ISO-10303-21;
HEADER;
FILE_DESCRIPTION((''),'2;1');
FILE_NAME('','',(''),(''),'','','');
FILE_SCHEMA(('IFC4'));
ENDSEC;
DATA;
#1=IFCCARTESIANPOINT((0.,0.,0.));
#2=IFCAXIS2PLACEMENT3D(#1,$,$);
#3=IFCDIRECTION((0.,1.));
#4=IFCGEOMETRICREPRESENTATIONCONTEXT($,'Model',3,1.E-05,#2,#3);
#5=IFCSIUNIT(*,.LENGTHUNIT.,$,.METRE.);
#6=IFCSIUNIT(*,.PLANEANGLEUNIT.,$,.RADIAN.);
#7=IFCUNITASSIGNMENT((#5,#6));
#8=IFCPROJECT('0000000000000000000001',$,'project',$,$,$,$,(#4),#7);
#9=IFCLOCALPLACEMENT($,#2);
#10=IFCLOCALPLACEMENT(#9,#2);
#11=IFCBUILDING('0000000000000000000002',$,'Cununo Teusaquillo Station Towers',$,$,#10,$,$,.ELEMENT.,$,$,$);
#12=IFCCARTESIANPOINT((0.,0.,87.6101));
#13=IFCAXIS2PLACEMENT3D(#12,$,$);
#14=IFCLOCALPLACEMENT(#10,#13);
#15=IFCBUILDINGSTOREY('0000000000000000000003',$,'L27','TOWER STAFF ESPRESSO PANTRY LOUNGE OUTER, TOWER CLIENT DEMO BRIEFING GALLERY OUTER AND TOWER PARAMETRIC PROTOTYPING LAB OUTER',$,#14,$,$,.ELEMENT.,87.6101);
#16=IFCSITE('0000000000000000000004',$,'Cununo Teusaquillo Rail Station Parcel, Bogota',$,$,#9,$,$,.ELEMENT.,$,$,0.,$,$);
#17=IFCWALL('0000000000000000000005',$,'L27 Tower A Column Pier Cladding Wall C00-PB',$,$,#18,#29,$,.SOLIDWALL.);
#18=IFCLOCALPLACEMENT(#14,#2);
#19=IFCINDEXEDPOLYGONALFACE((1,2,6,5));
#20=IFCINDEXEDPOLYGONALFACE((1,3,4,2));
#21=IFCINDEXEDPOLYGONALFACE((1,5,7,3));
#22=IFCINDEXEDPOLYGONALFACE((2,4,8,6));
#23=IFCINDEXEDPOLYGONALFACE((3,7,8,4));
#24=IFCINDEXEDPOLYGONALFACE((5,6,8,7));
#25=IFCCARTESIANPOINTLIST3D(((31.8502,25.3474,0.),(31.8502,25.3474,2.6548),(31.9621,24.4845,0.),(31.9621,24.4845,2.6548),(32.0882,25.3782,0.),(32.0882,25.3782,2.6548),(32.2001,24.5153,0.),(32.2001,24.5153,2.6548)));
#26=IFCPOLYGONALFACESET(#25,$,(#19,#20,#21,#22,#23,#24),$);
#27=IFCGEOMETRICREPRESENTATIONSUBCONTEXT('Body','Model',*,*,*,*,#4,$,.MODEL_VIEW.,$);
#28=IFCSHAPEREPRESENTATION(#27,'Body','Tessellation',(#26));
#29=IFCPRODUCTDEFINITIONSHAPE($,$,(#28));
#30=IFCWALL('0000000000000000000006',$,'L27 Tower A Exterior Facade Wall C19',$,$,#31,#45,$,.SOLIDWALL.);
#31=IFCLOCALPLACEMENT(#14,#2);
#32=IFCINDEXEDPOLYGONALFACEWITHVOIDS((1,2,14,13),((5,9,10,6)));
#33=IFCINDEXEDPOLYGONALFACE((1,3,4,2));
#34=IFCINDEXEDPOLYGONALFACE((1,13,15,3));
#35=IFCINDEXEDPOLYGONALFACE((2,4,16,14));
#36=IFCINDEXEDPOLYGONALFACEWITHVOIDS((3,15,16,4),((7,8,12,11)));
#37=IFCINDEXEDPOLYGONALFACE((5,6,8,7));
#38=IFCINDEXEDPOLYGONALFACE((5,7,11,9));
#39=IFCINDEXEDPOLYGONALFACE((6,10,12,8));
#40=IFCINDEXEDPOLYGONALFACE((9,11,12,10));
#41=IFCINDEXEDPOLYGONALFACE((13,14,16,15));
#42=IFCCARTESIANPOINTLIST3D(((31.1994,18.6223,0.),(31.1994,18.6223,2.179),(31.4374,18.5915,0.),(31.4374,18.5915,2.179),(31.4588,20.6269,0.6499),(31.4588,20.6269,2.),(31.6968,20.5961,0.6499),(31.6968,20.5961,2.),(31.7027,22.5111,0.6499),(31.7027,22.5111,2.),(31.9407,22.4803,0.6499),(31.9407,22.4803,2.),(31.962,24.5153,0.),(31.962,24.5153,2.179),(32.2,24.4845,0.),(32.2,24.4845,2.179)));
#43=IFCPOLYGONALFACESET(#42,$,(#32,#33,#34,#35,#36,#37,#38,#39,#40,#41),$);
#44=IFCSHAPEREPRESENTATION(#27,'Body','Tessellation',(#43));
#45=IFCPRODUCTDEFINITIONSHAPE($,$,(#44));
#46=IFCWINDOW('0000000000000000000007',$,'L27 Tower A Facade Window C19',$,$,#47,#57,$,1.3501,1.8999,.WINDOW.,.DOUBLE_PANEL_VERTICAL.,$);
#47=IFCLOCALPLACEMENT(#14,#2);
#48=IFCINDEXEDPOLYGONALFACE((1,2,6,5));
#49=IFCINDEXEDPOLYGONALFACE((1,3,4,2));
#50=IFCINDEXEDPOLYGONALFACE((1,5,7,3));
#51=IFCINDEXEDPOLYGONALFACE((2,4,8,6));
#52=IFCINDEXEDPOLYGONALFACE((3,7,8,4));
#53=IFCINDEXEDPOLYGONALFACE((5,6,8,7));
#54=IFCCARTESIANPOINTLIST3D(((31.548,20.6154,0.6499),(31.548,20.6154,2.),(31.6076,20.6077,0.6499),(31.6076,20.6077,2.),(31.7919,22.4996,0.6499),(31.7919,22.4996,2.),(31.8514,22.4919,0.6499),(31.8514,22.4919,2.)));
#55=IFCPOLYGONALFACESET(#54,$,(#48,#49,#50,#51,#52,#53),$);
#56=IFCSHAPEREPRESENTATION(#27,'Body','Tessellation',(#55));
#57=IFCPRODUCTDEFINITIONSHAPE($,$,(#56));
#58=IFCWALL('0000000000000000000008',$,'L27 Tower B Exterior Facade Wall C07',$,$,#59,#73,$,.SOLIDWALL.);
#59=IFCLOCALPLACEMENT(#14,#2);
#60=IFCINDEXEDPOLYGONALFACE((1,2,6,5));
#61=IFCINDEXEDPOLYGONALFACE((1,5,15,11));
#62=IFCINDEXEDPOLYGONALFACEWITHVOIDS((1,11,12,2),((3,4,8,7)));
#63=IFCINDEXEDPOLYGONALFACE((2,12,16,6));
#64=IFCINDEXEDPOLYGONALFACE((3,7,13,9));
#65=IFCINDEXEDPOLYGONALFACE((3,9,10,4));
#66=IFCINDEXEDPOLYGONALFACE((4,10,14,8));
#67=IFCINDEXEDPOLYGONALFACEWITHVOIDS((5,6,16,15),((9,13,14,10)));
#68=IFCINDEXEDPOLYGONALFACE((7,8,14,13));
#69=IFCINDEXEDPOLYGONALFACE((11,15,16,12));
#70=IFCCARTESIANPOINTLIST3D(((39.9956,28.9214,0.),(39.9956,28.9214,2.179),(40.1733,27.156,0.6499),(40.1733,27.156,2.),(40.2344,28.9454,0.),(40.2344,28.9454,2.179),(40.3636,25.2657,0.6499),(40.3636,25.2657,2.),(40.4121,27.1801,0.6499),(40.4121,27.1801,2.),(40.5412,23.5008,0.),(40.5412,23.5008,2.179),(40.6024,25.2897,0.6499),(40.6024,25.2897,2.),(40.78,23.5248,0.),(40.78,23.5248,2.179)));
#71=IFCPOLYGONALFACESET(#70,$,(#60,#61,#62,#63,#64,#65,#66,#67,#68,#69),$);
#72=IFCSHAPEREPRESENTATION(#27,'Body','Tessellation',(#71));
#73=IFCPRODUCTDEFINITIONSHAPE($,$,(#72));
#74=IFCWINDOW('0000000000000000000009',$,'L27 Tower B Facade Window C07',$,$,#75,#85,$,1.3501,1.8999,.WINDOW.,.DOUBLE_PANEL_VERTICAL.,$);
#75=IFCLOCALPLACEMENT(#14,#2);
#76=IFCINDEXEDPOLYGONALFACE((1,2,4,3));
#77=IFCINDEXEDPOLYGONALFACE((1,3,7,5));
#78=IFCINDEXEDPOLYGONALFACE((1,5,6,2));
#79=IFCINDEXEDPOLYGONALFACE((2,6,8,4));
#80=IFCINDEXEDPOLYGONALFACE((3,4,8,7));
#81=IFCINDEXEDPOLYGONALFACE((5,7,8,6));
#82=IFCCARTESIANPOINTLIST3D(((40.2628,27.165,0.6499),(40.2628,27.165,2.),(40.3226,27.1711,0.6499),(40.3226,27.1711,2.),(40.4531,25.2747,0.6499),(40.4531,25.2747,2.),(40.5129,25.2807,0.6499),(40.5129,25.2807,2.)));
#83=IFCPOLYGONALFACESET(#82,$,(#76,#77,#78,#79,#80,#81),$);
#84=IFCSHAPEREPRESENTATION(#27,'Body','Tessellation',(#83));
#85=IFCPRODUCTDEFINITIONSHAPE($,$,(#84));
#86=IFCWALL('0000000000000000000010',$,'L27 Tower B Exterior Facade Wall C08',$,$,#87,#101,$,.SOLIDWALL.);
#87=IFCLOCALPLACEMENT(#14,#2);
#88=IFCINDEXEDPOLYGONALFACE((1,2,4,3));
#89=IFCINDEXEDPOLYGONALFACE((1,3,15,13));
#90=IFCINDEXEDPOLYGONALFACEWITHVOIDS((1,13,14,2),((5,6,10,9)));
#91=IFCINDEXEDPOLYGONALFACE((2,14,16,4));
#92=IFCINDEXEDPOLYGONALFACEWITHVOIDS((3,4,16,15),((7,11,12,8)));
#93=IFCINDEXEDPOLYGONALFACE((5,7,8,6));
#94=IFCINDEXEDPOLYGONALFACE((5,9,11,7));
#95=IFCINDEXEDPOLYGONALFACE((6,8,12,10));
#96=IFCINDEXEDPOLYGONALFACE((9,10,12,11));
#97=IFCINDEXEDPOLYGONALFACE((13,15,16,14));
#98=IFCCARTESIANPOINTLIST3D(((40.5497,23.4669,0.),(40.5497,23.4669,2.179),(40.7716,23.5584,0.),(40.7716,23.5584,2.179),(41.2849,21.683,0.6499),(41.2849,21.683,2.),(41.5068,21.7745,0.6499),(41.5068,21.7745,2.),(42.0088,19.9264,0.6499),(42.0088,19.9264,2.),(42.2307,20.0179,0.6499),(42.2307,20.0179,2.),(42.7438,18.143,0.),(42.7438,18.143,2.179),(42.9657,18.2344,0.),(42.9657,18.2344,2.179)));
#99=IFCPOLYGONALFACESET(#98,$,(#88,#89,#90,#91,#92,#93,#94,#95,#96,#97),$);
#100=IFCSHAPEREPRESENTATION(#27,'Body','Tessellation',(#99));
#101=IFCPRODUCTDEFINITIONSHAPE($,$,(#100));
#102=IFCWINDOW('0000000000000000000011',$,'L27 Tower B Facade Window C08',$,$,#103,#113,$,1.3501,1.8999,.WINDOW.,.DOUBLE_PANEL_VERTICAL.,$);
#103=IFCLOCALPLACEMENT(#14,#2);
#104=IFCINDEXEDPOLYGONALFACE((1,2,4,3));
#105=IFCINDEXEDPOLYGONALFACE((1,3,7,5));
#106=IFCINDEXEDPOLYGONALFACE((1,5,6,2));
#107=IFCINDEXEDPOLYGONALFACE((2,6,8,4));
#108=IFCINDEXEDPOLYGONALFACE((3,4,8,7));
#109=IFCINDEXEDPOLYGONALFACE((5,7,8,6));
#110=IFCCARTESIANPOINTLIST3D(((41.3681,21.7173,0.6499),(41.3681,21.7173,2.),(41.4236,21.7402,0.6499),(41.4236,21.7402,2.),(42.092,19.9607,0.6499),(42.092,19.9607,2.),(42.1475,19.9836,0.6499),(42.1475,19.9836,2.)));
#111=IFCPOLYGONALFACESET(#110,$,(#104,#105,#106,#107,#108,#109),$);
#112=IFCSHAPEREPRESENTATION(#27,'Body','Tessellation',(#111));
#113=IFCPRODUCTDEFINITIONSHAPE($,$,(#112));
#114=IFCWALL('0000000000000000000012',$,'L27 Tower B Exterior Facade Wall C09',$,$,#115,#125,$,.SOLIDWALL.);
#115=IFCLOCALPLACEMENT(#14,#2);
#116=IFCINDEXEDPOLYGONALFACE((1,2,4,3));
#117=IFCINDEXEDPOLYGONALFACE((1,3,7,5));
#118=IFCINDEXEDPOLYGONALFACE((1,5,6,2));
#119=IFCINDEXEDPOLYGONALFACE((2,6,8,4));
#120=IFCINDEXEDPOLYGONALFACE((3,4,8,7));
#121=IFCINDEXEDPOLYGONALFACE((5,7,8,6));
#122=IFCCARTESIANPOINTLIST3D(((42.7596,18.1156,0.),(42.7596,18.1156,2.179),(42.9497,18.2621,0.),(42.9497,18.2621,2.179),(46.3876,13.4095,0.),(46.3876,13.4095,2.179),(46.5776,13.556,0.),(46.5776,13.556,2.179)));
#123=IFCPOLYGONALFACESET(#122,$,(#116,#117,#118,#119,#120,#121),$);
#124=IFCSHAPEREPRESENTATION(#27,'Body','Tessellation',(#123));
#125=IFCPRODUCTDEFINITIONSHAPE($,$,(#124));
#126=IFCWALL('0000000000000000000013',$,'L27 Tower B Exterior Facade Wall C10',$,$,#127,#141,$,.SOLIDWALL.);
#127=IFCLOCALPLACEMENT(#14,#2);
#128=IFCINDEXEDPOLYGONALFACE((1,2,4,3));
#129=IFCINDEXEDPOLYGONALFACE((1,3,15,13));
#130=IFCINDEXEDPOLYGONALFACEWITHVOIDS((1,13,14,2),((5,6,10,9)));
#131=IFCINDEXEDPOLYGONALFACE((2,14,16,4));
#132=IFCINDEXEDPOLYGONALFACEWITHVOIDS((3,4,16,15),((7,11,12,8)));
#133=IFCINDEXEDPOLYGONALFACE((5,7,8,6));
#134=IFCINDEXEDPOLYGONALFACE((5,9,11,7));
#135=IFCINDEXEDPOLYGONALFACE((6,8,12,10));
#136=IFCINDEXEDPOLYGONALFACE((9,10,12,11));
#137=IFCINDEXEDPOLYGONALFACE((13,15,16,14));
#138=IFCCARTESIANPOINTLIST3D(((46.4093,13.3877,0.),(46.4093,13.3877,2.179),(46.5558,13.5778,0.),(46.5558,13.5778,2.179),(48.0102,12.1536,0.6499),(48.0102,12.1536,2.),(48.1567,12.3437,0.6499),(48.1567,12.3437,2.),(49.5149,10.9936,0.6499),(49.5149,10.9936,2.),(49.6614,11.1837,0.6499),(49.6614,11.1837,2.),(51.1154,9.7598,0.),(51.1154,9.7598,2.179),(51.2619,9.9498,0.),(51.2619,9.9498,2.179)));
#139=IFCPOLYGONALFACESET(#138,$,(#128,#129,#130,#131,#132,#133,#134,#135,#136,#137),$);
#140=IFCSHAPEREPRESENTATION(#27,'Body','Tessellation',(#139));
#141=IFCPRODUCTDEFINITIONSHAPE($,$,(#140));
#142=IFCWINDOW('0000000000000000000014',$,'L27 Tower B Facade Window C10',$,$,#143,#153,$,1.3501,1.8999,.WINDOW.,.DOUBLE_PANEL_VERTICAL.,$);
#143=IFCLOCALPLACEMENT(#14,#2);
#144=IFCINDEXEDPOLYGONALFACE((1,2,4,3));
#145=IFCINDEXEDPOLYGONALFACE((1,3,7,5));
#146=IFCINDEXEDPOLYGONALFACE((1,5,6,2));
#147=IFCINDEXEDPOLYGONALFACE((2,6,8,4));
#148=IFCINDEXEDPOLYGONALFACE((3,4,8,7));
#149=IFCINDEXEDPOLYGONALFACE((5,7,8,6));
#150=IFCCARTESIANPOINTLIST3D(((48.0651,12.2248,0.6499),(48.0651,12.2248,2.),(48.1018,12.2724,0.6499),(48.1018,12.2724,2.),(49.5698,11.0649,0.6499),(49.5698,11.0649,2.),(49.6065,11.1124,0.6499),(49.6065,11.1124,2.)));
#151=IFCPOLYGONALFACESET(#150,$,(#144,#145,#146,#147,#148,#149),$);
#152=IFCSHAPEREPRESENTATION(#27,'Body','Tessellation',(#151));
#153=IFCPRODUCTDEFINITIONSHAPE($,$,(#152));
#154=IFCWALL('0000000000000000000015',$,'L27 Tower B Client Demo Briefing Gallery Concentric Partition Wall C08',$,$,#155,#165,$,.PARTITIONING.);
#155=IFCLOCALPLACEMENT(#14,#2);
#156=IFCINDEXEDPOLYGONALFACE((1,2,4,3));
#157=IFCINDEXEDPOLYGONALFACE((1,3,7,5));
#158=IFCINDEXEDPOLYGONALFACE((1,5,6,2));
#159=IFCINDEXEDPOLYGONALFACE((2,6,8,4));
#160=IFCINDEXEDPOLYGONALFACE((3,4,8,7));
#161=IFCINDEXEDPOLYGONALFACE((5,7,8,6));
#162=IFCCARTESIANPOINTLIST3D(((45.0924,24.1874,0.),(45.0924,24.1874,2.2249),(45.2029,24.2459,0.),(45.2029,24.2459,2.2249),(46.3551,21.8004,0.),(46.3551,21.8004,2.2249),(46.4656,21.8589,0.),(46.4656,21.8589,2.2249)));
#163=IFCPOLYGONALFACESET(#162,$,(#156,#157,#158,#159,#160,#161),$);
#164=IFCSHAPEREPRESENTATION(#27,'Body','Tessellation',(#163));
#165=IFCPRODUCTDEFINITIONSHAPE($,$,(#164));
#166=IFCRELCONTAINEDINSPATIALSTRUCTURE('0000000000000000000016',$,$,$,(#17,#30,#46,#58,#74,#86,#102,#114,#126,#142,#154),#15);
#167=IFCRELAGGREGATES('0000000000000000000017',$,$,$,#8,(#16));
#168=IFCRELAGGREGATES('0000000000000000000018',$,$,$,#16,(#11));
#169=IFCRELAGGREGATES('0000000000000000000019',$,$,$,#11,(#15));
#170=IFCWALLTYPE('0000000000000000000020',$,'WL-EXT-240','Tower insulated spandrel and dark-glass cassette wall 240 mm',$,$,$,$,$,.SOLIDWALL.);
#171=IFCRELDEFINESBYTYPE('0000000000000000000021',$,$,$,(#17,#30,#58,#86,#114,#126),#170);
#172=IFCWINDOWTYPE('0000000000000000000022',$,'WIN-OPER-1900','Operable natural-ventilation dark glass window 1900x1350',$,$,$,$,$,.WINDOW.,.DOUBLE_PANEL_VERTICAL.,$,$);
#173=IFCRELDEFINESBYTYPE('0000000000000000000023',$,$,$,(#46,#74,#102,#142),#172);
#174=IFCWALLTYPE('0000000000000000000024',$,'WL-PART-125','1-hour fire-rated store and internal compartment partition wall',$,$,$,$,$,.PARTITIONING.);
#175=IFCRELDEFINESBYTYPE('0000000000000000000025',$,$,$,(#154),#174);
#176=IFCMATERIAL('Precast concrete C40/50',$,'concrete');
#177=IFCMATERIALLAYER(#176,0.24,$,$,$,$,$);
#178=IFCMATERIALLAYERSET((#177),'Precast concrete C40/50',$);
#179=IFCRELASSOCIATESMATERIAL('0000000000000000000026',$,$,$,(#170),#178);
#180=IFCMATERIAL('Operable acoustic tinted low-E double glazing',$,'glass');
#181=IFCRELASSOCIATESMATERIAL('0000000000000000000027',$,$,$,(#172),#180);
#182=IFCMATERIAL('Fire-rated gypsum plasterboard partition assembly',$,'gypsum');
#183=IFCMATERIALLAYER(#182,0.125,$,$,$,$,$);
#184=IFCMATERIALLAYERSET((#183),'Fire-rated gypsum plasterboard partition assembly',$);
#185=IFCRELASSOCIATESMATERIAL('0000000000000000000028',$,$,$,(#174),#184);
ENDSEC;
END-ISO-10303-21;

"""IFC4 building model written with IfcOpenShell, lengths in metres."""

from ifc_helpers import new_model, si_unit, direction, frame, frame_2d, origin, place, context, subcontext, project, spatial, rectangle, extrude, source, transform, mapped, material, layer, layer_set, type_object, element, fill, save


model = new_model("IFC4")

# Units and contexts
model_context = context("Model", 3, precision=1e-05, world=origin(), true_north=direction((0.0, 1.0)))
body_context = subcontext(model_context, "Body", "Model", "MODEL_VIEW")
ifc_project = project(units=[si_unit("LENGTHUNIT", "METRE"), si_unit("PLANEANGLEUNIT", "RADIAN")], contexts=[model_context])

# Site, building, storey
site_placement = place(None, origin())
site = spatial("IfcSite", under=ifc_project, at=site_placement, Name="Cununo Teusaquillo Rail Station Parcel, Bogota", CompositionType="ELEMENT", RefElevation=0.0)
building_placement = place(site_placement, origin())
building = spatial("IfcBuilding", under=site, at=building_placement, Name="Cununo Teusaquillo Station Towers", CompositionType="ELEMENT")
storey_placement = place(building_placement, frame((0.0, 0.0, 87.6101)))
storey = spatial("IfcBuildingStorey", under=building, at=storey_placement, Name="L27", Description="TOWER STAFF ESPRESSO PANTRY LOUNGE OUTER, TOWER CLIENT DEMO BRIEFING GALLERY OUTER AND TOWER PARAMETRIC PROTOTYPING LAB OUTER", CompositionType="ELEMENT", Elevation=87.6101)

# Wall
ifc_material_1 = material(Name="Precast concrete C40/50", Category="concrete")
ifc_layer_1 = layer(ifc_material_1, 0.24)
ifc_layer_set_1 = layer_set([ifc_layer_1], Name="Precast concrete C40/50")
wall_type_1 = type_object("IfcWallType", Name="WL-EXT-240", Description="Tower insulated spandrel and dark-glass cassette wall 240 mm", PredefinedType="SOLIDWALL", material=ifc_layer_set_1)
wall_1_placement = place(storey_placement, frame((31.9692, 25.3628, 0.0), z_axis=(0.0, 0.0, 1.0), x_axis=(0.128523, -0.991706, 0.0)))
element("IfcWall", 1, at=wall_1_placement, inside=storey, type_object=wall_type_1, Name="L27 Tower A Column Pier Cladding Wall C00-PB", PredefinedType="SOLIDWALL", context=body_context, shape_type="SweptSolid", body=[
    extrude(rectangle(XDim=0.8701, YDim=0.24, at=frame_2d((0.4351, 0.0))), origin(), (0.0, 0.0, 1.0), 2.6548),
])

# Walls, openings, windows
wall_2_placement = place(storey_placement, frame((32.0811, 24.5, 0.0), z_axis=(0.0, 0.0, 1.0), x_axis=(-0.128352, -0.991729, 0.0)))
wall_2 = element("IfcWall", 2, at=wall_2_placement, inside=storey, type_object=wall_type_1, Name="L27 Tower A Exterior Facade Wall C19", PredefinedType="SOLIDWALL", context=body_context, shape_type="SweptSolid", body=[
    extrude(rectangle(XDim=5.9421, YDim=0.24, at=frame_2d((2.9712, 0.0))), origin(), (0.0, 0.0, 1.0), 2.179),
])
shared_shape_1 = source(origin(), body_context, "Body", "SweptSolid", [
    extrude(rectangle(XDim=1.8999, YDim=1.3501, at=frame_2d((0.95, 0.675))), frame((0.0, 0.1299, 0.0), z_axis=(0.0, -1.0, 0.0), x_axis=(1.0, 0.0, 0.0)), (0.0, 0.0, 1.0), 0.26),
])
opening_1_placement = place(wall_2_placement, frame((2.021, 0.0, 0.6499)))
opening_1 = element("IfcOpeningElement", 3, at=opening_1_placement, cuts=wall_2, PredefinedType="OPENING", context=body_context, shape_type="MappedRepresentation", body=[
    mapped(shared_shape_1, transform((0.0, 0.0, 0.0), x_axis=(1.0, 0.0, 0.0), y_axis=(0.0, 1.0, 0.0), z_axis=(0.0, 0.0, 1.0), scale=1.0)),
])
ifc_material_2 = material(Name="Operable acoustic tinted low-E double glazing", Category="glass")
window_type = type_object("IfcWindowType", Name="WIN-OPER-1900", Description="Operable natural-ventilation dark glass window 1900x1350", PartitioningType="DOUBLE_PANEL_VERTICAL", PredefinedType="WINDOW", material=ifc_material_2)
shared_shape_2 = source(origin(), body_context, "Body", "SweptSolid", [
    extrude(rectangle(XDim=1.8999, YDim=1.3501, at=frame_2d((0.95, 0.675))), frame((0.0, 0.03, 0.0), z_axis=(0.0, -1.0, 0.0), x_axis=(1.0, 0.0, 0.0)), (0.0, 0.0, 1.0), 0.0601),
])
window_1_placement = place(opening_1_placement, origin())
window_1 = element("IfcWindow", 4, at=window_1_placement, inside=storey, type_object=window_type, Name="L27 Tower A Facade Window C19", OverallHeight=1.3501, OverallWidth=1.8999, PartitioningType="DOUBLE_PANEL_VERTICAL", PredefinedType="WINDOW", context=body_context, shape_type="MappedRepresentation", body=[
    mapped(shared_shape_2, transform((0.0, 0.0, 0.0), x_axis=(1.0, 0.0, 0.0), y_axis=(0.0, 1.0, 0.0), z_axis=(0.0, 0.0, 1.0), scale=1.0)),
])
fill(opening_1, window_1)
wall_3_placement = place(storey_placement, frame((40.6606, 23.5127, 0.0), z_axis=(0.0, 0.0, 1.0), x_axis=(-0.100156, 0.994972, 0.0)))
wall_3 = element("IfcWall", 5, at=wall_3_placement, inside=storey, type_object=wall_type_1, Name="L27 Tower B Exterior Facade Wall C07", PredefinedType="SOLIDWALL", context=body_context, shape_type="SweptSolid", body=[
    extrude(rectangle(XDim=5.448, YDim=0.24, at=frame_2d((2.7241, 0.0))), origin(), (0.0, 0.0, 1.0), 2.179),
])
opening_2_placement = place(wall_3_placement, frame((1.7739, 0.0, 0.6499)))
opening_2 = element("IfcOpeningElement", 6, at=opening_2_placement, cuts=wall_3, PredefinedType="OPENING", context=body_context, shape_type="MappedRepresentation", body=[
    mapped(shared_shape_1, transform((0.0, 0.0, 0.0), x_axis=(1.0, 0.0, 0.0), y_axis=(0.0, 1.0, 0.0), z_axis=(0.0, 0.0, 1.0), scale=1.0)),
])
window_2_placement = place(opening_2_placement, origin())
window_2 = element("IfcWindow", 7, at=window_2_placement, inside=storey, type_object=window_type, Name="L27 Tower B Facade Window C07", OverallHeight=1.3501, OverallWidth=1.8999, PartitioningType="DOUBLE_PANEL_VERTICAL", PredefinedType="WINDOW", context=body_context, shape_type="MappedRepresentation", body=[
    mapped(shared_shape_2, transform((0.0, 0.0, 0.0), x_axis=(1.0, 0.0, 0.0), y_axis=(0.0, 1.0, 0.0), z_axis=(0.0, 0.0, 1.0), scale=1.0)),
])
fill(opening_2, window_2)
wall_4_placement = place(storey_placement, frame((42.8547, 18.1887, 0.0), z_axis=(0.0, 0.0, 1.0), x_axis=(-0.381027, 0.924564, 0.0)))
wall_4 = element("IfcWall", 8, at=wall_4_placement, inside=storey, type_object=wall_type_1, Name="L27 Tower B Exterior Facade Wall C08", PredefinedType="SOLIDWALL", context=body_context, shape_type="SweptSolid", body=[
    extrude(rectangle(XDim=5.7583, YDim=0.24, at=frame_2d((2.8792, 0.0))), origin(), (0.0, 0.0, 1.0), 2.179),
])
opening_3_placement = place(wall_4_placement, frame((1.929, 0.0, 0.6499)))
opening_3 = element("IfcOpeningElement", 9, at=opening_3_placement, cuts=wall_4, PredefinedType="OPENING", context=body_context, shape_type="MappedRepresentation", body=[
    mapped(shared_shape_1, transform((0.0, 0.0, 0.0), x_axis=(1.0, 0.0, 0.0), y_axis=(0.0, 1.0, 0.0), z_axis=(0.0, 0.0, 1.0), scale=1.0)),
])
window_3_placement = place(opening_3_placement, origin())
window_3 = element("IfcWindow", 10, at=window_3_placement, inside=storey, type_object=window_type, Name="L27 Tower B Facade Window C08", OverallHeight=1.3501, OverallWidth=1.8999, PartitioningType="DOUBLE_PANEL_VERTICAL", PredefinedType="WINDOW", context=body_context, shape_type="MappedRepresentation", body=[
    mapped(shared_shape_2, transform((0.0, 0.0, 0.0), x_axis=(1.0, 0.0, 0.0), y_axis=(0.0, 1.0, 0.0), z_axis=(0.0, 0.0, 1.0), scale=1.0)),
])
fill(opening_3, window_3)

# Wall
wall_5_placement = place(storey_placement, frame((46.4827, 13.4827, 0.0), z_axis=(0.0, 0.0, 1.0), x_axis=(-0.610544, 0.791982, 0.0)))
element("IfcWall", 11, at=wall_5_placement, inside=storey, type_object=wall_type_1, Name="L27 Tower B Exterior Facade Wall C09", PredefinedType="SOLIDWALL", context=body_context, shape_type="SweptSolid", body=[
    extrude(rectangle(XDim=5.9421, YDim=0.24, at=frame_2d((2.9712, 0.0))), origin(), (0.0, 0.0, 1.0), 2.179),
])

# Wall, opening, window
wall_6_placement = place(storey_placement, frame((51.1887, 9.8547, 0.0), z_axis=(0.0, 0.0, 1.0), x_axis=(-0.791982, 0.610544, 0.0)))
wall_6 = element("IfcWall", 12, at=wall_6_placement, inside=storey, type_object=wall_type_1, Name="L27 Tower B Exterior Facade Wall C10", PredefinedType="SOLIDWALL", context=body_context, shape_type="SweptSolid", body=[
    extrude(rectangle(XDim=5.9421, YDim=0.24, at=frame_2d((2.9712, 0.0))), origin(), (0.0, 0.0, 1.0), 2.179),
])
opening_4_placement = place(wall_6_placement, frame((2.021, 0.0, 0.6499)))
opening_4 = element("IfcOpeningElement", 13, at=opening_4_placement, cuts=wall_6, PredefinedType="OPENING", context=body_context, shape_type="MappedRepresentation", body=[
    mapped(shared_shape_1, transform((0.0, 0.0, 0.0), x_axis=(1.0, 0.0, 0.0), y_axis=(0.0, 1.0, 0.0), z_axis=(0.0, 0.0, 1.0), scale=1.0)),
])
window_4_placement = place(opening_4_placement, origin())
window_4 = element("IfcWindow", 14, at=window_4_placement, inside=storey, type_object=window_type, Name="L27 Tower B Facade Window C10", OverallHeight=1.3501, OverallWidth=1.8999, PartitioningType="DOUBLE_PANEL_VERTICAL", PredefinedType="WINDOW", context=body_context, shape_type="MappedRepresentation", body=[
    mapped(shared_shape_2, transform((0.0, 0.0, 0.0), x_axis=(1.0, 0.0, 0.0), y_axis=(0.0, 1.0, 0.0), z_axis=(0.0, 0.0, 1.0), scale=1.0)),
])
fill(opening_4, window_4)

# Wall
ifc_material_3 = material(Name="Fire-rated gypsum plasterboard partition assembly", Category="gypsum")
ifc_layer_2 = layer(ifc_material_3, 0.125)
ifc_layer_set_2 = layer_set([ifc_layer_2], Name="Fire-rated gypsum plasterboard partition assembly")
wall_type_2 = type_object("IfcWallType", Name="WL-PART-125", Description="1-hour fire-rated store and internal compartment partition wall", PredefinedType="PARTITIONING", material=ifc_layer_set_2)
wall_7_placement = place(storey_placement, frame((45.1477, 24.2166, 0.0), z_axis=(0.0, 0.0, 1.0), x_axis=(0.467601, -0.88394, 0.0)))
element("IfcWall", 15, at=wall_7_placement, inside=storey, type_object=wall_type_2, Name="L27 Tower B Client Demo Briefing Gallery Concentric Partition Wall C08", PredefinedType="PARTITIONING", context=body_context, shape_type="SweptSolid", body=[
    extrude(rectangle(XDim=2.7004, YDim=0.125, at=frame_2d((1.3501, 0.0))), origin(), (0.0, 0.0, 1.0), 2.2249),
])

save(model, "model.ifc")
